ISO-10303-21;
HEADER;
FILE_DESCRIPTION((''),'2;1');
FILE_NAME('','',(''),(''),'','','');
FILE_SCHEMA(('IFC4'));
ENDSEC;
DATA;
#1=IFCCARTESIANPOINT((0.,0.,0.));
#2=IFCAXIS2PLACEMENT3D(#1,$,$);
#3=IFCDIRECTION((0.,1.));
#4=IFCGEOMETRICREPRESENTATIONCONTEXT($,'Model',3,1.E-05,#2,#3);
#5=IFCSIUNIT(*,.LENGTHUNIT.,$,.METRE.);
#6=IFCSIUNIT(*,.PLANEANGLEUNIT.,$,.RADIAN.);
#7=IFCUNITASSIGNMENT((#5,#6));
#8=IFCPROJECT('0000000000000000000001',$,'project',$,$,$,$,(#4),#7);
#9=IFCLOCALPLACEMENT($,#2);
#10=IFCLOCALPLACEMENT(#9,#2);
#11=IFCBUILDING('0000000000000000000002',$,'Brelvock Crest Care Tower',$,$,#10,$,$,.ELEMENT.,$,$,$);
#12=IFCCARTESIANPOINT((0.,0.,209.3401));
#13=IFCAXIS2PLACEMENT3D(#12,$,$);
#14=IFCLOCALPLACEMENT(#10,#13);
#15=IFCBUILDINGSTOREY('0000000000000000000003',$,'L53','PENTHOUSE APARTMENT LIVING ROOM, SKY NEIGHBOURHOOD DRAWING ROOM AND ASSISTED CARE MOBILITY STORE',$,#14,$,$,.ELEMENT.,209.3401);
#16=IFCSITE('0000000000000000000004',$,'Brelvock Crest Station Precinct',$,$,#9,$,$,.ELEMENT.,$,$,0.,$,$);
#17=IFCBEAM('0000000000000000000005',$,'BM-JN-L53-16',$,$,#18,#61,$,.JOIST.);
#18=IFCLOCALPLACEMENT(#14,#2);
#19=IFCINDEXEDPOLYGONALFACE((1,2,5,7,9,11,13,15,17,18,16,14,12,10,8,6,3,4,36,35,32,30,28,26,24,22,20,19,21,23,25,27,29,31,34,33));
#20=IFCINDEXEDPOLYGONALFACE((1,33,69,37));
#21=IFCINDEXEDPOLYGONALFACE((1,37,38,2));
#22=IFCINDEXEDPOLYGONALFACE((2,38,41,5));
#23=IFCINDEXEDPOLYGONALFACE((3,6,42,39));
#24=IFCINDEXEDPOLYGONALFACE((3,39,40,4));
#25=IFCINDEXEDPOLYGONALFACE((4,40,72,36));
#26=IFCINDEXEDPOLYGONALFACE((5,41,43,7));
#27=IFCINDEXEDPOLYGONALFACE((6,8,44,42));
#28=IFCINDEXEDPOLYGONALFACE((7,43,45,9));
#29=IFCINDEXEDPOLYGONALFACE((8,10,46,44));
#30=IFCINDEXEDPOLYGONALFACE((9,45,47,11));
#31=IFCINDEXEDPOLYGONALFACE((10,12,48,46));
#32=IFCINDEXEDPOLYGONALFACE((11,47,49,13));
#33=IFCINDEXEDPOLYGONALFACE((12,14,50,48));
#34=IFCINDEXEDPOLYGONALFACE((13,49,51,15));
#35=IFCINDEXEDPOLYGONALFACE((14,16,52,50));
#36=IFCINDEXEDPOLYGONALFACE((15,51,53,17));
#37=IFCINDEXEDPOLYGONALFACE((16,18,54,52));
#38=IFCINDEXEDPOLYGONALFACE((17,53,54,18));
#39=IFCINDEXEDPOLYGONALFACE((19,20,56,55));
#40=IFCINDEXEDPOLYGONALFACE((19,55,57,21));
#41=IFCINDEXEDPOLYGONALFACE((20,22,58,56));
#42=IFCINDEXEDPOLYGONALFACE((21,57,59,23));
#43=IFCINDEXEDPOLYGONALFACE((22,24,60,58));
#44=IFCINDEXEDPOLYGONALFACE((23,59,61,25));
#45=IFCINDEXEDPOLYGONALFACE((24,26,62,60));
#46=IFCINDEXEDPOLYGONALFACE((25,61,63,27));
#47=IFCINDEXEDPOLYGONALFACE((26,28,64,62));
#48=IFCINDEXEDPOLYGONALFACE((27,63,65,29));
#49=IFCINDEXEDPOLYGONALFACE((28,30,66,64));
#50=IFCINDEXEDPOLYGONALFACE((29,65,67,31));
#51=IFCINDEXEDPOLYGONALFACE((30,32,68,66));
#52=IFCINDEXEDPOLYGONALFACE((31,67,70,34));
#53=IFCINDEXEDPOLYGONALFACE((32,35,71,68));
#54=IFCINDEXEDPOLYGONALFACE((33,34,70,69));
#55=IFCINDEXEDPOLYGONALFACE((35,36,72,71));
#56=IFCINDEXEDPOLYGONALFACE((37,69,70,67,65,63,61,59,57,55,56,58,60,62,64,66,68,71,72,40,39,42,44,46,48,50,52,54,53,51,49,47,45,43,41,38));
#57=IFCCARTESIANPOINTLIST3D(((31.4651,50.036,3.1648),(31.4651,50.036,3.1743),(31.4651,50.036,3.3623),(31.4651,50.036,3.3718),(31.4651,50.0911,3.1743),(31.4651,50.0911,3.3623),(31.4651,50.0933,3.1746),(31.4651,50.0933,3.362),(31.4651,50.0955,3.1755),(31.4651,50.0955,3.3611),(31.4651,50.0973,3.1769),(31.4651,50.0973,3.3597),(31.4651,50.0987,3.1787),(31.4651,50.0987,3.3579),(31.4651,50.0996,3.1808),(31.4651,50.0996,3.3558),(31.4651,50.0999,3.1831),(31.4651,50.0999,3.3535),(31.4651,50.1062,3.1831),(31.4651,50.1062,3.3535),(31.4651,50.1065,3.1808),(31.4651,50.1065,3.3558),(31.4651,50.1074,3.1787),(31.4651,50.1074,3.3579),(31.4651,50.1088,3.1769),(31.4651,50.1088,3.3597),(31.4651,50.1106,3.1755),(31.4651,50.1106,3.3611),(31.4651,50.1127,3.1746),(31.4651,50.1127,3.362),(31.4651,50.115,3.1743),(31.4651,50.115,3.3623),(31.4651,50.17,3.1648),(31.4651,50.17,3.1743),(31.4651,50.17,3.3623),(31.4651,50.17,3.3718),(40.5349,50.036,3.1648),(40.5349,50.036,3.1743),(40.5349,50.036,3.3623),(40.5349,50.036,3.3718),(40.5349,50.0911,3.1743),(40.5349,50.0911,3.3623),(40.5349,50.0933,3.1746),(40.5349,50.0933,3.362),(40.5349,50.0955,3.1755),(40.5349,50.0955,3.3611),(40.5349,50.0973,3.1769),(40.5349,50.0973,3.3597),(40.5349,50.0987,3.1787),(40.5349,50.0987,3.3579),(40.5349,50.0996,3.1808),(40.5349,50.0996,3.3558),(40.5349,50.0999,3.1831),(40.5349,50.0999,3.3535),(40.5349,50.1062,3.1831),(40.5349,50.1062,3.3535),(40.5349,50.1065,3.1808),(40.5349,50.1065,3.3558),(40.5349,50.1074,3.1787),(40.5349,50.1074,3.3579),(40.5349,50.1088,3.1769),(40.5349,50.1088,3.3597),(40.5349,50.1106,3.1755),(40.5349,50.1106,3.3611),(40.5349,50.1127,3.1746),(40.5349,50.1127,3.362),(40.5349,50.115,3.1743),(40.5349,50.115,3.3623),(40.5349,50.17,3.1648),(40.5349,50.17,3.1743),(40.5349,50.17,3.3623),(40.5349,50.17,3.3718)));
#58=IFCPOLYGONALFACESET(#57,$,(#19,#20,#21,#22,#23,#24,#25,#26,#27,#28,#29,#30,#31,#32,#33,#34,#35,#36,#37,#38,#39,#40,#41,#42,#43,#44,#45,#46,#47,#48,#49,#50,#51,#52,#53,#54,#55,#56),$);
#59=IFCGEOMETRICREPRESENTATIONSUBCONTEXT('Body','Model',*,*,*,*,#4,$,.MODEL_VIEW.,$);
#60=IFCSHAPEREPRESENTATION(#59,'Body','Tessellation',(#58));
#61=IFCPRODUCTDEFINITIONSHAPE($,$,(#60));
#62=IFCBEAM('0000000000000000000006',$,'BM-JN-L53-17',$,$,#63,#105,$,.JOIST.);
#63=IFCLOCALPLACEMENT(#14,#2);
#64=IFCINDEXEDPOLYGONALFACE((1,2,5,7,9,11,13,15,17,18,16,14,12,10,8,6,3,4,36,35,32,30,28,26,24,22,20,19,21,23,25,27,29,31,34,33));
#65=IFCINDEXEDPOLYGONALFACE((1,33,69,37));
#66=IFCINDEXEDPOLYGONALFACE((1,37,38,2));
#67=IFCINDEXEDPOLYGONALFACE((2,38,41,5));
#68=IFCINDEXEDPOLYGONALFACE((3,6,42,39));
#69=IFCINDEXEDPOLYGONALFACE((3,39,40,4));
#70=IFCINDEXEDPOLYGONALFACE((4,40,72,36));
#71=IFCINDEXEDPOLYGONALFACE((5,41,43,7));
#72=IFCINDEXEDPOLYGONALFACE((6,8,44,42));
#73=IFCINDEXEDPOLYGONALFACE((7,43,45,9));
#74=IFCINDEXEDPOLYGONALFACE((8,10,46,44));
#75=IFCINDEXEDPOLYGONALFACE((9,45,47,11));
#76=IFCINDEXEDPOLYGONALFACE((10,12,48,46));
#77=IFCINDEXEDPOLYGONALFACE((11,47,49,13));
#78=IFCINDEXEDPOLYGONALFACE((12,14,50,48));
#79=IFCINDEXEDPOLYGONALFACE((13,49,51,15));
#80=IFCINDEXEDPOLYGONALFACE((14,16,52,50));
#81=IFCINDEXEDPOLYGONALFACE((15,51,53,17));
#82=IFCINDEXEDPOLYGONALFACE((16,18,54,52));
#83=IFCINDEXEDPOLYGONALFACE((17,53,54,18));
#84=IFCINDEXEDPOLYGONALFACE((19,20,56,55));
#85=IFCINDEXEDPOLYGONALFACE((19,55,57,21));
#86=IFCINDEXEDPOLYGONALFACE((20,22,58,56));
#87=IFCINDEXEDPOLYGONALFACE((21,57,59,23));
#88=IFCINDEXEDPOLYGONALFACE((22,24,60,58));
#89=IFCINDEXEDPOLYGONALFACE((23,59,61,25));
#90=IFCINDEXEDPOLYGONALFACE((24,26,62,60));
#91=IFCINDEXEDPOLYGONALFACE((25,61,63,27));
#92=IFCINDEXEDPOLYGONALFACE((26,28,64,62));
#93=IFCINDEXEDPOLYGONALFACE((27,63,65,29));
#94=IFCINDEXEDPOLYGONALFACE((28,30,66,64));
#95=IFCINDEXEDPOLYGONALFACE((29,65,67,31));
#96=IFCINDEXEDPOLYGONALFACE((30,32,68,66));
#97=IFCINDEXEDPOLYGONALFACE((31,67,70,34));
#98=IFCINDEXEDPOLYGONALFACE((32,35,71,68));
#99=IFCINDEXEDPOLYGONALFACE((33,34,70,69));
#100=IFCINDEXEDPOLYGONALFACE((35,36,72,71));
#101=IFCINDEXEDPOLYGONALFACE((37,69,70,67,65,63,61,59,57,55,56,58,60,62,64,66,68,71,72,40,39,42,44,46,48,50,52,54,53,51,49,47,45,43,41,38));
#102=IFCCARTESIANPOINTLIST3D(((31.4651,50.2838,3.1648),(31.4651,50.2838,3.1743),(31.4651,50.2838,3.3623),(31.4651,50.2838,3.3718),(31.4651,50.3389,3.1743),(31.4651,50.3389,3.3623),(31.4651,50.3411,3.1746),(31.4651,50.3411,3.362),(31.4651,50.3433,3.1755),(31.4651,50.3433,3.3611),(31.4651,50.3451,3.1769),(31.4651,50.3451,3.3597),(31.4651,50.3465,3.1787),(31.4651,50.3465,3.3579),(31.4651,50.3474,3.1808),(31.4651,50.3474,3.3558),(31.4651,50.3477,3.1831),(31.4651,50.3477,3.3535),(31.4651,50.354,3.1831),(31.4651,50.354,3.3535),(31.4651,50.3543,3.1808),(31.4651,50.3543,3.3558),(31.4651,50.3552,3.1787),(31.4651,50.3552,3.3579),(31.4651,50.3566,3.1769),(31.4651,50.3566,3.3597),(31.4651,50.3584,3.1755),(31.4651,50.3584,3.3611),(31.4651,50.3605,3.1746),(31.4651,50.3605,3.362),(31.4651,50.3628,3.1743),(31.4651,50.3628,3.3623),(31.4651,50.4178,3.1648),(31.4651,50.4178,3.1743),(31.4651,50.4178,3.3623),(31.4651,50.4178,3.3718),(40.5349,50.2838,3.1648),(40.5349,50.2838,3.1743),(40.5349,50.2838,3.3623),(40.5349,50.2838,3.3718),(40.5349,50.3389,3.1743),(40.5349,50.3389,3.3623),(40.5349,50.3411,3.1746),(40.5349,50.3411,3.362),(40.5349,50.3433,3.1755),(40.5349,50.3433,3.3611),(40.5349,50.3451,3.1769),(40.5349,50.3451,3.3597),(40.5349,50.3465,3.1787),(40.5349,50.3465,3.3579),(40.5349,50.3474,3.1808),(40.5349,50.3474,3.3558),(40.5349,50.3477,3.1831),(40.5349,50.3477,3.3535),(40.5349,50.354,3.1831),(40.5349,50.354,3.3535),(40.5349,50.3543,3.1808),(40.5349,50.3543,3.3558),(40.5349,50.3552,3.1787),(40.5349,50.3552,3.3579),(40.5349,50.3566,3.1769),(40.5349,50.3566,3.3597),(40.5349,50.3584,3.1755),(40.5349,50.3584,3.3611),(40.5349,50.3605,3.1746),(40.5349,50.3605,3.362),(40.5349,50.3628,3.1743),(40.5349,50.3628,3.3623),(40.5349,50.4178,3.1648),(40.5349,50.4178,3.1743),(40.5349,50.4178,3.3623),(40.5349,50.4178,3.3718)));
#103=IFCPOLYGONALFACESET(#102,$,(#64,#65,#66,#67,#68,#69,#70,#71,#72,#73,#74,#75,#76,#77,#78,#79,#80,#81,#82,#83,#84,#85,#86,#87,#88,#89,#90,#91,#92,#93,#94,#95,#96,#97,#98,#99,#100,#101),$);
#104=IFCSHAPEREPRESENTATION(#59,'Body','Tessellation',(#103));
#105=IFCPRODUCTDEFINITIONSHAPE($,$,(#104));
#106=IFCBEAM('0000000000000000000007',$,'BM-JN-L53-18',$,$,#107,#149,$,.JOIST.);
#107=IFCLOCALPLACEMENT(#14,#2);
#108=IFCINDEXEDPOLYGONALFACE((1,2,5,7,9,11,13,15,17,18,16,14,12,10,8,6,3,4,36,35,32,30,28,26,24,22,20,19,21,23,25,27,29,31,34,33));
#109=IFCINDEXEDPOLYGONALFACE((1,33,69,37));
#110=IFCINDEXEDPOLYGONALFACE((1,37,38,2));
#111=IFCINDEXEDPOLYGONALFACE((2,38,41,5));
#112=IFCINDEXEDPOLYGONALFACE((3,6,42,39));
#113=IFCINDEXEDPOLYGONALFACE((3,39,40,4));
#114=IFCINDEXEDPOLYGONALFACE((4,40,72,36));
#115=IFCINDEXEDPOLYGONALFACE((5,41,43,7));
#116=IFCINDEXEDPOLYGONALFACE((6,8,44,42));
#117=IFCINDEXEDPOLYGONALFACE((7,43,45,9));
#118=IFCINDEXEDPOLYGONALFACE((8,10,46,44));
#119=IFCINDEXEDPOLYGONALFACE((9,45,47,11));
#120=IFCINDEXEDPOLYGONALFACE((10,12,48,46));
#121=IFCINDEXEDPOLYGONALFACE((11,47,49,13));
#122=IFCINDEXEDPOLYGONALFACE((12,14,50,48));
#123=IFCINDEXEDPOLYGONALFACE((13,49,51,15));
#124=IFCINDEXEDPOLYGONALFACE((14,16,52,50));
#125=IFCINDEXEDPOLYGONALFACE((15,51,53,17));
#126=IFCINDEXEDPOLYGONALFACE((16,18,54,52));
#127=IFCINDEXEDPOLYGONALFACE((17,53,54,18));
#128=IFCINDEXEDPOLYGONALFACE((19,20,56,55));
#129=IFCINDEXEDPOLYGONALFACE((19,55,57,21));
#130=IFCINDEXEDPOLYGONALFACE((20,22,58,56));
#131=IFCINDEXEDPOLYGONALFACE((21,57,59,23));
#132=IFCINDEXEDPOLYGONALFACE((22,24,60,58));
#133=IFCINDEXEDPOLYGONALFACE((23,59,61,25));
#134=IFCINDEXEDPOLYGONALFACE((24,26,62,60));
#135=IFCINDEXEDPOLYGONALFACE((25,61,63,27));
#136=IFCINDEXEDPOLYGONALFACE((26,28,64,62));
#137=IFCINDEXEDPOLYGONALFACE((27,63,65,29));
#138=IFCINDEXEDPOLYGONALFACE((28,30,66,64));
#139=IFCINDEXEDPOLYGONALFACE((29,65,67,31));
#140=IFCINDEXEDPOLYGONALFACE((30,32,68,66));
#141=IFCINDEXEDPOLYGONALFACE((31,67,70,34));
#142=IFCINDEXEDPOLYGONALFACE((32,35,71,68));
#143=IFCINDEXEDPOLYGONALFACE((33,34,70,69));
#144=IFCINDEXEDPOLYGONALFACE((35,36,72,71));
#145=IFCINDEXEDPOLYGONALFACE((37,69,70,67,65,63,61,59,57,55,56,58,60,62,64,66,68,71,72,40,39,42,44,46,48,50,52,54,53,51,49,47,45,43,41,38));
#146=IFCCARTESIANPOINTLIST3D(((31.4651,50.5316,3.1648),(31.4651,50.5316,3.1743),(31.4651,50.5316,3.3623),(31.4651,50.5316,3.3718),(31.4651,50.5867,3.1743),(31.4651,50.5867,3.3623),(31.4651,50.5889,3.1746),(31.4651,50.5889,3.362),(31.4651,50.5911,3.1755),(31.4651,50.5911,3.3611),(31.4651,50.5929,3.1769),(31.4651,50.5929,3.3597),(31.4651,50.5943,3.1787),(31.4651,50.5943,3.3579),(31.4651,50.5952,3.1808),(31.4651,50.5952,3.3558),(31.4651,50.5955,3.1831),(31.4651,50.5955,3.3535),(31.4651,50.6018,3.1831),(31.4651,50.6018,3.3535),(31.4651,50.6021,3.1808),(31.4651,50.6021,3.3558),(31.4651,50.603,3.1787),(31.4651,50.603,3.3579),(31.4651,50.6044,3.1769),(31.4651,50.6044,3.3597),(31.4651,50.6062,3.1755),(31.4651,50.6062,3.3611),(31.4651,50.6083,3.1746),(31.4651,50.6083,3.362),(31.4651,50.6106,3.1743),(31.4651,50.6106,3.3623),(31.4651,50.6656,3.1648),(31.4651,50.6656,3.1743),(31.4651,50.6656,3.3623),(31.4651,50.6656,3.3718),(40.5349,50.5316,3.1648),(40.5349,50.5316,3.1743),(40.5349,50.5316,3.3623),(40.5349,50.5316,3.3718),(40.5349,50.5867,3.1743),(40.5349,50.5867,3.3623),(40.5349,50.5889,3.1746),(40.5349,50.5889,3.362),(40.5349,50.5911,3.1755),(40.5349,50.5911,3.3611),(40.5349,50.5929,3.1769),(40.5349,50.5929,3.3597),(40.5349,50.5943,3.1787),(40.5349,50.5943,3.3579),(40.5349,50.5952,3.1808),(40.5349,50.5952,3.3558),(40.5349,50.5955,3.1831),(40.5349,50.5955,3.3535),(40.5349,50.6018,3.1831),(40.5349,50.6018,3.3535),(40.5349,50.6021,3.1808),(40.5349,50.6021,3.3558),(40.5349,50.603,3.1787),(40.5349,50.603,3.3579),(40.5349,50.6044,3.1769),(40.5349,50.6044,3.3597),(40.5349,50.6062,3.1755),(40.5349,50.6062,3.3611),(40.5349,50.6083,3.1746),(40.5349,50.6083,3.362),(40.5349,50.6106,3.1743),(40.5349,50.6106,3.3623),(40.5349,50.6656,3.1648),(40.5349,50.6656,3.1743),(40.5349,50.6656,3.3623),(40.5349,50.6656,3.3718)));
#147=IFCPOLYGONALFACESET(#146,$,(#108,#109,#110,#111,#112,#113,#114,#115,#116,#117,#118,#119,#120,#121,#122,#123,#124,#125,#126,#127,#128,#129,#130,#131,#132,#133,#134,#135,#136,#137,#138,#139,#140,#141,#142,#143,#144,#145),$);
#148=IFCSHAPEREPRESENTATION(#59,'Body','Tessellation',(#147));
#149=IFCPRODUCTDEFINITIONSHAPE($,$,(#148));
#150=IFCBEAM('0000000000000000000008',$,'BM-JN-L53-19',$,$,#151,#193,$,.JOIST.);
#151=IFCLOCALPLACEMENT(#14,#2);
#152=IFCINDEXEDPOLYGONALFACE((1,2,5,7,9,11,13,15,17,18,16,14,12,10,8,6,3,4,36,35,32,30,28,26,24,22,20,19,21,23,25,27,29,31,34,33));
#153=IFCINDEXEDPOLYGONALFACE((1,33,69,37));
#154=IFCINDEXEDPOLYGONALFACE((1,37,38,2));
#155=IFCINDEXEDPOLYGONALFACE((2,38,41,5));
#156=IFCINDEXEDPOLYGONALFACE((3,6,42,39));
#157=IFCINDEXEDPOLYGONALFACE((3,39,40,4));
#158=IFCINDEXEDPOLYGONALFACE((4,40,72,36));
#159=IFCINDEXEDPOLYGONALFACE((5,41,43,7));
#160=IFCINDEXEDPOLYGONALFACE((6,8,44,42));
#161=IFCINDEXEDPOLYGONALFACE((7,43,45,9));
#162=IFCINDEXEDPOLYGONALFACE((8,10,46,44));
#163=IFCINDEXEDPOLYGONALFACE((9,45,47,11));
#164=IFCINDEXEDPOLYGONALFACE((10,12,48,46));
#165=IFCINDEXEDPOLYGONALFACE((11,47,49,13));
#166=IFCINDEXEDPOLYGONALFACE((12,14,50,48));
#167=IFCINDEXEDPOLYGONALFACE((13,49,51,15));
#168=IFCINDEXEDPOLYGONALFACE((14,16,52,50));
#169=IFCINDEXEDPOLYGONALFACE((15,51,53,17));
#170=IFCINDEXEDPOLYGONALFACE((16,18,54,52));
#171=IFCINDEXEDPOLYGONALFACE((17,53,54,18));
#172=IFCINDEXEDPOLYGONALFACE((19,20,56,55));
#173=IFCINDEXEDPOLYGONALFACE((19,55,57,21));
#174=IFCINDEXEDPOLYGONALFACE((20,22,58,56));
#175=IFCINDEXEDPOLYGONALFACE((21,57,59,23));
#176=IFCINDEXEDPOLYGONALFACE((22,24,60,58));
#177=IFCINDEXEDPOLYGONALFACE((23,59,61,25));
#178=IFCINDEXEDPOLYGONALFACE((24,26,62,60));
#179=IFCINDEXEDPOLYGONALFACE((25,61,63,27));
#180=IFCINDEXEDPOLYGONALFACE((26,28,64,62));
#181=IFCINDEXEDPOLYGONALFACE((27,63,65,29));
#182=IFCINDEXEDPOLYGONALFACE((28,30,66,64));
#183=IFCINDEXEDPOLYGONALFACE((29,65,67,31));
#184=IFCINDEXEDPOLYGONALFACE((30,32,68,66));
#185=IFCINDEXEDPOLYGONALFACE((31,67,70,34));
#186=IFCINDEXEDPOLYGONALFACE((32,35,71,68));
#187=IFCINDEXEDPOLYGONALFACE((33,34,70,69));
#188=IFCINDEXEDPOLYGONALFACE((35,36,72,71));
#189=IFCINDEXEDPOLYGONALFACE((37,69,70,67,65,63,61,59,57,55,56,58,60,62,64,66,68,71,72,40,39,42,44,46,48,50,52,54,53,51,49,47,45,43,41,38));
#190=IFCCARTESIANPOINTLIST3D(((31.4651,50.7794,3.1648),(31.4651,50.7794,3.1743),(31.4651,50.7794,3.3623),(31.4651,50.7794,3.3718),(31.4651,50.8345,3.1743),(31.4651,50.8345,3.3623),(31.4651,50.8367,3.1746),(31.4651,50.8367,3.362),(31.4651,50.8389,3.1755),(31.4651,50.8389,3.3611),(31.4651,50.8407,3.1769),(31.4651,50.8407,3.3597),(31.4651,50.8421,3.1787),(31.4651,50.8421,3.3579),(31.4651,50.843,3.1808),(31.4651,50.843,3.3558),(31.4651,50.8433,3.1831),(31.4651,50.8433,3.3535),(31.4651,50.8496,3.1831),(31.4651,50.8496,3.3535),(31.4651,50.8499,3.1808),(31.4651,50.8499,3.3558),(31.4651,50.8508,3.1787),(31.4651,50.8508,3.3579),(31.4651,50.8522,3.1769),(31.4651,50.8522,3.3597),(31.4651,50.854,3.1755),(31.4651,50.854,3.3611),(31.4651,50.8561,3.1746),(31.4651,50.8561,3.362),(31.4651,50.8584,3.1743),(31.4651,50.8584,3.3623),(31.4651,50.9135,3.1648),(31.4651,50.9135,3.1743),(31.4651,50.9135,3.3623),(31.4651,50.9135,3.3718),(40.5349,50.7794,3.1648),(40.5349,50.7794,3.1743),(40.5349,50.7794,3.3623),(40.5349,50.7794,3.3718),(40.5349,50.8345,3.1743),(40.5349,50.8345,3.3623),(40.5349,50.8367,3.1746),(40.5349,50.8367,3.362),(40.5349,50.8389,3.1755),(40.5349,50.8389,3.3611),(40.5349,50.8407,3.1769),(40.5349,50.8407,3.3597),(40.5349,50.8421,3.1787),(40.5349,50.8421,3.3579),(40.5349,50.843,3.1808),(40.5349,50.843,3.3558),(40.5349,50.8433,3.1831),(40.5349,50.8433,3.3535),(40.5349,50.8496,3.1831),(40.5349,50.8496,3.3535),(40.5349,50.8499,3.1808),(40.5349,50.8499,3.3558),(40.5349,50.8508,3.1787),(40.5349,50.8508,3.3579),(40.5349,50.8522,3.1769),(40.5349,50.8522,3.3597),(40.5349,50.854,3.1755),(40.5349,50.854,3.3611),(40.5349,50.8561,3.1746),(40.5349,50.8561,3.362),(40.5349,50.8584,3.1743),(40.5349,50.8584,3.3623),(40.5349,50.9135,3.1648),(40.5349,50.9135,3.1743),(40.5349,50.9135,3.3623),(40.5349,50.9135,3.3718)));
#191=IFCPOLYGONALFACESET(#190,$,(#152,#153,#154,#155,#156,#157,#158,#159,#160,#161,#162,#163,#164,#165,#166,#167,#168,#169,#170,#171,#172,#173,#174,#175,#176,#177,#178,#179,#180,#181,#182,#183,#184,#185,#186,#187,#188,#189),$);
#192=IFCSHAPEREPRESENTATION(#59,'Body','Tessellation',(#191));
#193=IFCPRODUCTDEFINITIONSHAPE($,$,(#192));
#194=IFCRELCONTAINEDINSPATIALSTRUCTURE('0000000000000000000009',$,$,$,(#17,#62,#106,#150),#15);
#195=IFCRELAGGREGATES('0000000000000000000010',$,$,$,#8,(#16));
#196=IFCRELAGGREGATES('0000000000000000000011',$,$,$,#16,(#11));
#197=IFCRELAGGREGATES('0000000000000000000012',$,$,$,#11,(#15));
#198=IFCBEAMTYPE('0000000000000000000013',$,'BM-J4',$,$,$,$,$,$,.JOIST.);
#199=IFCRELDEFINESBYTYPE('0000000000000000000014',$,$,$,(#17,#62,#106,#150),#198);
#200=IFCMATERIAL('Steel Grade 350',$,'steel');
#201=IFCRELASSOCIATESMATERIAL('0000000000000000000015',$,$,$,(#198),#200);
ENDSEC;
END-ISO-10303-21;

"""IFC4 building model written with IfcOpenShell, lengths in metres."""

from ifc_helpers import new_model, si_unit, direction, frame, origin, origin_2d, place, context, subcontext, project, spatial, i_section, extrude, source, transform, mapped, material, material_profile, profile_set, type_object, element, save


model = new_model("IFC4")

# Units and contexts
model_context = context("Model", 3, precision=1e-05, world=origin(), true_north=direction((0.0, 1.0)))
body_context = subcontext(model_context, "Body", "Model", "MODEL_VIEW")
ifc_project = project(units=[si_unit("LENGTHUNIT", "METRE"), si_unit("PLANEANGLEUNIT", "RADIAN")], contexts=[model_context])

# Site, building, storey
site_placement = place(None, origin())
site = spatial("IfcSite", under=ifc_project, at=site_placement, Name="Brelvock Crest Station Precinct", CompositionType="ELEMENT", RefElevation=0.0)
building_placement = place(site_placement, origin())
building = spatial("IfcBuilding", under=site, at=building_placement, Name="Brelvock Crest Care Tower", CompositionType="ELEMENT")
storey_placement = place(building_placement, frame((0.0, 0.0, 209.3401)))
storey = spatial("IfcBuildingStorey", under=building, at=storey_placement, Name="L53", Description="PENTHOUSE APARTMENT LIVING ROOM, SKY NEIGHBOURHOOD DRAWING ROOM AND ASSISTED CARE MOBILITY STORE", CompositionType="ELEMENT", Elevation=209.3401)

# Shared definitions
ifc_material_1 = material(Name="Steel Grade 350", Category="steel")

# Beams
ifc_material_profile_1 = material_profile(ifc_material_1, i_section(OverallWidth=0.134, OverallDepth=0.207, WebThickness=0.0063, FlangeThickness=0.0095, FilletRadius=0.0088, at=origin_2d()), Name="200UB29.8")
ifc_profile_set_1 = profile_set([ifc_material_profile_1], Name="Steel Grade 350")
beam_type_1 = type_object("IfcBeamType", Name="BM-J4", PredefinedType="JOIST", material=ifc_profile_set_1)
shared_shape_1 = source(origin(), body_context, "Body", "SweptSolid", [
    extrude(i_section(OverallWidth=0.134, OverallDepth=0.207, WebThickness=0.0063, FlangeThickness=0.0095, FilletRadius=0.0088, at=origin_2d()), origin(), (0.0, 0.0, 1.0), 9.0698),
])
for number, where, z_axis, x_axis, name in (
    (1, (31.4651, 50.103, 3.2683), (1.0, 0.0, 0.0), (0.0, 1.0, 0.0), "BM-JN-L53-16"),
    (2, (31.4651, 50.3508, 3.2683), (1.0, 0.0, 0.0), (0.0, 1.0, 0.0), "BM-JN-L53-17"),
    (3, (31.4651, 50.5986, 3.2683), (1.0, 0.0, 0.0), (0.0, 1.0, 0.0), "BM-JN-L53-18"),
    (4, (31.4651, 50.8464, 3.2683), (1.0, 0.0, 0.0), (0.0, 1.0, 0.0), "BM-JN-L53-19"),
):
    element("IfcBeam", number, at=place(storey_placement, frame(where, z_axis=z_axis, x_axis=x_axis)), inside=storey, type_object=beam_type_1, Name=name, PredefinedType="JOIST", context=body_context, shape_type="MappedRepresentation", body=[
        mapped(shared_shape_1, transform((0.0, 0.0, 0.0), x_axis=(1.0, 0.0, 0.0), y_axis=(0.0, 1.0, 0.0), z_axis=(0.0, 0.0, 1.0), scale=1.0)),
    ])

save(model, "model.ifc")
